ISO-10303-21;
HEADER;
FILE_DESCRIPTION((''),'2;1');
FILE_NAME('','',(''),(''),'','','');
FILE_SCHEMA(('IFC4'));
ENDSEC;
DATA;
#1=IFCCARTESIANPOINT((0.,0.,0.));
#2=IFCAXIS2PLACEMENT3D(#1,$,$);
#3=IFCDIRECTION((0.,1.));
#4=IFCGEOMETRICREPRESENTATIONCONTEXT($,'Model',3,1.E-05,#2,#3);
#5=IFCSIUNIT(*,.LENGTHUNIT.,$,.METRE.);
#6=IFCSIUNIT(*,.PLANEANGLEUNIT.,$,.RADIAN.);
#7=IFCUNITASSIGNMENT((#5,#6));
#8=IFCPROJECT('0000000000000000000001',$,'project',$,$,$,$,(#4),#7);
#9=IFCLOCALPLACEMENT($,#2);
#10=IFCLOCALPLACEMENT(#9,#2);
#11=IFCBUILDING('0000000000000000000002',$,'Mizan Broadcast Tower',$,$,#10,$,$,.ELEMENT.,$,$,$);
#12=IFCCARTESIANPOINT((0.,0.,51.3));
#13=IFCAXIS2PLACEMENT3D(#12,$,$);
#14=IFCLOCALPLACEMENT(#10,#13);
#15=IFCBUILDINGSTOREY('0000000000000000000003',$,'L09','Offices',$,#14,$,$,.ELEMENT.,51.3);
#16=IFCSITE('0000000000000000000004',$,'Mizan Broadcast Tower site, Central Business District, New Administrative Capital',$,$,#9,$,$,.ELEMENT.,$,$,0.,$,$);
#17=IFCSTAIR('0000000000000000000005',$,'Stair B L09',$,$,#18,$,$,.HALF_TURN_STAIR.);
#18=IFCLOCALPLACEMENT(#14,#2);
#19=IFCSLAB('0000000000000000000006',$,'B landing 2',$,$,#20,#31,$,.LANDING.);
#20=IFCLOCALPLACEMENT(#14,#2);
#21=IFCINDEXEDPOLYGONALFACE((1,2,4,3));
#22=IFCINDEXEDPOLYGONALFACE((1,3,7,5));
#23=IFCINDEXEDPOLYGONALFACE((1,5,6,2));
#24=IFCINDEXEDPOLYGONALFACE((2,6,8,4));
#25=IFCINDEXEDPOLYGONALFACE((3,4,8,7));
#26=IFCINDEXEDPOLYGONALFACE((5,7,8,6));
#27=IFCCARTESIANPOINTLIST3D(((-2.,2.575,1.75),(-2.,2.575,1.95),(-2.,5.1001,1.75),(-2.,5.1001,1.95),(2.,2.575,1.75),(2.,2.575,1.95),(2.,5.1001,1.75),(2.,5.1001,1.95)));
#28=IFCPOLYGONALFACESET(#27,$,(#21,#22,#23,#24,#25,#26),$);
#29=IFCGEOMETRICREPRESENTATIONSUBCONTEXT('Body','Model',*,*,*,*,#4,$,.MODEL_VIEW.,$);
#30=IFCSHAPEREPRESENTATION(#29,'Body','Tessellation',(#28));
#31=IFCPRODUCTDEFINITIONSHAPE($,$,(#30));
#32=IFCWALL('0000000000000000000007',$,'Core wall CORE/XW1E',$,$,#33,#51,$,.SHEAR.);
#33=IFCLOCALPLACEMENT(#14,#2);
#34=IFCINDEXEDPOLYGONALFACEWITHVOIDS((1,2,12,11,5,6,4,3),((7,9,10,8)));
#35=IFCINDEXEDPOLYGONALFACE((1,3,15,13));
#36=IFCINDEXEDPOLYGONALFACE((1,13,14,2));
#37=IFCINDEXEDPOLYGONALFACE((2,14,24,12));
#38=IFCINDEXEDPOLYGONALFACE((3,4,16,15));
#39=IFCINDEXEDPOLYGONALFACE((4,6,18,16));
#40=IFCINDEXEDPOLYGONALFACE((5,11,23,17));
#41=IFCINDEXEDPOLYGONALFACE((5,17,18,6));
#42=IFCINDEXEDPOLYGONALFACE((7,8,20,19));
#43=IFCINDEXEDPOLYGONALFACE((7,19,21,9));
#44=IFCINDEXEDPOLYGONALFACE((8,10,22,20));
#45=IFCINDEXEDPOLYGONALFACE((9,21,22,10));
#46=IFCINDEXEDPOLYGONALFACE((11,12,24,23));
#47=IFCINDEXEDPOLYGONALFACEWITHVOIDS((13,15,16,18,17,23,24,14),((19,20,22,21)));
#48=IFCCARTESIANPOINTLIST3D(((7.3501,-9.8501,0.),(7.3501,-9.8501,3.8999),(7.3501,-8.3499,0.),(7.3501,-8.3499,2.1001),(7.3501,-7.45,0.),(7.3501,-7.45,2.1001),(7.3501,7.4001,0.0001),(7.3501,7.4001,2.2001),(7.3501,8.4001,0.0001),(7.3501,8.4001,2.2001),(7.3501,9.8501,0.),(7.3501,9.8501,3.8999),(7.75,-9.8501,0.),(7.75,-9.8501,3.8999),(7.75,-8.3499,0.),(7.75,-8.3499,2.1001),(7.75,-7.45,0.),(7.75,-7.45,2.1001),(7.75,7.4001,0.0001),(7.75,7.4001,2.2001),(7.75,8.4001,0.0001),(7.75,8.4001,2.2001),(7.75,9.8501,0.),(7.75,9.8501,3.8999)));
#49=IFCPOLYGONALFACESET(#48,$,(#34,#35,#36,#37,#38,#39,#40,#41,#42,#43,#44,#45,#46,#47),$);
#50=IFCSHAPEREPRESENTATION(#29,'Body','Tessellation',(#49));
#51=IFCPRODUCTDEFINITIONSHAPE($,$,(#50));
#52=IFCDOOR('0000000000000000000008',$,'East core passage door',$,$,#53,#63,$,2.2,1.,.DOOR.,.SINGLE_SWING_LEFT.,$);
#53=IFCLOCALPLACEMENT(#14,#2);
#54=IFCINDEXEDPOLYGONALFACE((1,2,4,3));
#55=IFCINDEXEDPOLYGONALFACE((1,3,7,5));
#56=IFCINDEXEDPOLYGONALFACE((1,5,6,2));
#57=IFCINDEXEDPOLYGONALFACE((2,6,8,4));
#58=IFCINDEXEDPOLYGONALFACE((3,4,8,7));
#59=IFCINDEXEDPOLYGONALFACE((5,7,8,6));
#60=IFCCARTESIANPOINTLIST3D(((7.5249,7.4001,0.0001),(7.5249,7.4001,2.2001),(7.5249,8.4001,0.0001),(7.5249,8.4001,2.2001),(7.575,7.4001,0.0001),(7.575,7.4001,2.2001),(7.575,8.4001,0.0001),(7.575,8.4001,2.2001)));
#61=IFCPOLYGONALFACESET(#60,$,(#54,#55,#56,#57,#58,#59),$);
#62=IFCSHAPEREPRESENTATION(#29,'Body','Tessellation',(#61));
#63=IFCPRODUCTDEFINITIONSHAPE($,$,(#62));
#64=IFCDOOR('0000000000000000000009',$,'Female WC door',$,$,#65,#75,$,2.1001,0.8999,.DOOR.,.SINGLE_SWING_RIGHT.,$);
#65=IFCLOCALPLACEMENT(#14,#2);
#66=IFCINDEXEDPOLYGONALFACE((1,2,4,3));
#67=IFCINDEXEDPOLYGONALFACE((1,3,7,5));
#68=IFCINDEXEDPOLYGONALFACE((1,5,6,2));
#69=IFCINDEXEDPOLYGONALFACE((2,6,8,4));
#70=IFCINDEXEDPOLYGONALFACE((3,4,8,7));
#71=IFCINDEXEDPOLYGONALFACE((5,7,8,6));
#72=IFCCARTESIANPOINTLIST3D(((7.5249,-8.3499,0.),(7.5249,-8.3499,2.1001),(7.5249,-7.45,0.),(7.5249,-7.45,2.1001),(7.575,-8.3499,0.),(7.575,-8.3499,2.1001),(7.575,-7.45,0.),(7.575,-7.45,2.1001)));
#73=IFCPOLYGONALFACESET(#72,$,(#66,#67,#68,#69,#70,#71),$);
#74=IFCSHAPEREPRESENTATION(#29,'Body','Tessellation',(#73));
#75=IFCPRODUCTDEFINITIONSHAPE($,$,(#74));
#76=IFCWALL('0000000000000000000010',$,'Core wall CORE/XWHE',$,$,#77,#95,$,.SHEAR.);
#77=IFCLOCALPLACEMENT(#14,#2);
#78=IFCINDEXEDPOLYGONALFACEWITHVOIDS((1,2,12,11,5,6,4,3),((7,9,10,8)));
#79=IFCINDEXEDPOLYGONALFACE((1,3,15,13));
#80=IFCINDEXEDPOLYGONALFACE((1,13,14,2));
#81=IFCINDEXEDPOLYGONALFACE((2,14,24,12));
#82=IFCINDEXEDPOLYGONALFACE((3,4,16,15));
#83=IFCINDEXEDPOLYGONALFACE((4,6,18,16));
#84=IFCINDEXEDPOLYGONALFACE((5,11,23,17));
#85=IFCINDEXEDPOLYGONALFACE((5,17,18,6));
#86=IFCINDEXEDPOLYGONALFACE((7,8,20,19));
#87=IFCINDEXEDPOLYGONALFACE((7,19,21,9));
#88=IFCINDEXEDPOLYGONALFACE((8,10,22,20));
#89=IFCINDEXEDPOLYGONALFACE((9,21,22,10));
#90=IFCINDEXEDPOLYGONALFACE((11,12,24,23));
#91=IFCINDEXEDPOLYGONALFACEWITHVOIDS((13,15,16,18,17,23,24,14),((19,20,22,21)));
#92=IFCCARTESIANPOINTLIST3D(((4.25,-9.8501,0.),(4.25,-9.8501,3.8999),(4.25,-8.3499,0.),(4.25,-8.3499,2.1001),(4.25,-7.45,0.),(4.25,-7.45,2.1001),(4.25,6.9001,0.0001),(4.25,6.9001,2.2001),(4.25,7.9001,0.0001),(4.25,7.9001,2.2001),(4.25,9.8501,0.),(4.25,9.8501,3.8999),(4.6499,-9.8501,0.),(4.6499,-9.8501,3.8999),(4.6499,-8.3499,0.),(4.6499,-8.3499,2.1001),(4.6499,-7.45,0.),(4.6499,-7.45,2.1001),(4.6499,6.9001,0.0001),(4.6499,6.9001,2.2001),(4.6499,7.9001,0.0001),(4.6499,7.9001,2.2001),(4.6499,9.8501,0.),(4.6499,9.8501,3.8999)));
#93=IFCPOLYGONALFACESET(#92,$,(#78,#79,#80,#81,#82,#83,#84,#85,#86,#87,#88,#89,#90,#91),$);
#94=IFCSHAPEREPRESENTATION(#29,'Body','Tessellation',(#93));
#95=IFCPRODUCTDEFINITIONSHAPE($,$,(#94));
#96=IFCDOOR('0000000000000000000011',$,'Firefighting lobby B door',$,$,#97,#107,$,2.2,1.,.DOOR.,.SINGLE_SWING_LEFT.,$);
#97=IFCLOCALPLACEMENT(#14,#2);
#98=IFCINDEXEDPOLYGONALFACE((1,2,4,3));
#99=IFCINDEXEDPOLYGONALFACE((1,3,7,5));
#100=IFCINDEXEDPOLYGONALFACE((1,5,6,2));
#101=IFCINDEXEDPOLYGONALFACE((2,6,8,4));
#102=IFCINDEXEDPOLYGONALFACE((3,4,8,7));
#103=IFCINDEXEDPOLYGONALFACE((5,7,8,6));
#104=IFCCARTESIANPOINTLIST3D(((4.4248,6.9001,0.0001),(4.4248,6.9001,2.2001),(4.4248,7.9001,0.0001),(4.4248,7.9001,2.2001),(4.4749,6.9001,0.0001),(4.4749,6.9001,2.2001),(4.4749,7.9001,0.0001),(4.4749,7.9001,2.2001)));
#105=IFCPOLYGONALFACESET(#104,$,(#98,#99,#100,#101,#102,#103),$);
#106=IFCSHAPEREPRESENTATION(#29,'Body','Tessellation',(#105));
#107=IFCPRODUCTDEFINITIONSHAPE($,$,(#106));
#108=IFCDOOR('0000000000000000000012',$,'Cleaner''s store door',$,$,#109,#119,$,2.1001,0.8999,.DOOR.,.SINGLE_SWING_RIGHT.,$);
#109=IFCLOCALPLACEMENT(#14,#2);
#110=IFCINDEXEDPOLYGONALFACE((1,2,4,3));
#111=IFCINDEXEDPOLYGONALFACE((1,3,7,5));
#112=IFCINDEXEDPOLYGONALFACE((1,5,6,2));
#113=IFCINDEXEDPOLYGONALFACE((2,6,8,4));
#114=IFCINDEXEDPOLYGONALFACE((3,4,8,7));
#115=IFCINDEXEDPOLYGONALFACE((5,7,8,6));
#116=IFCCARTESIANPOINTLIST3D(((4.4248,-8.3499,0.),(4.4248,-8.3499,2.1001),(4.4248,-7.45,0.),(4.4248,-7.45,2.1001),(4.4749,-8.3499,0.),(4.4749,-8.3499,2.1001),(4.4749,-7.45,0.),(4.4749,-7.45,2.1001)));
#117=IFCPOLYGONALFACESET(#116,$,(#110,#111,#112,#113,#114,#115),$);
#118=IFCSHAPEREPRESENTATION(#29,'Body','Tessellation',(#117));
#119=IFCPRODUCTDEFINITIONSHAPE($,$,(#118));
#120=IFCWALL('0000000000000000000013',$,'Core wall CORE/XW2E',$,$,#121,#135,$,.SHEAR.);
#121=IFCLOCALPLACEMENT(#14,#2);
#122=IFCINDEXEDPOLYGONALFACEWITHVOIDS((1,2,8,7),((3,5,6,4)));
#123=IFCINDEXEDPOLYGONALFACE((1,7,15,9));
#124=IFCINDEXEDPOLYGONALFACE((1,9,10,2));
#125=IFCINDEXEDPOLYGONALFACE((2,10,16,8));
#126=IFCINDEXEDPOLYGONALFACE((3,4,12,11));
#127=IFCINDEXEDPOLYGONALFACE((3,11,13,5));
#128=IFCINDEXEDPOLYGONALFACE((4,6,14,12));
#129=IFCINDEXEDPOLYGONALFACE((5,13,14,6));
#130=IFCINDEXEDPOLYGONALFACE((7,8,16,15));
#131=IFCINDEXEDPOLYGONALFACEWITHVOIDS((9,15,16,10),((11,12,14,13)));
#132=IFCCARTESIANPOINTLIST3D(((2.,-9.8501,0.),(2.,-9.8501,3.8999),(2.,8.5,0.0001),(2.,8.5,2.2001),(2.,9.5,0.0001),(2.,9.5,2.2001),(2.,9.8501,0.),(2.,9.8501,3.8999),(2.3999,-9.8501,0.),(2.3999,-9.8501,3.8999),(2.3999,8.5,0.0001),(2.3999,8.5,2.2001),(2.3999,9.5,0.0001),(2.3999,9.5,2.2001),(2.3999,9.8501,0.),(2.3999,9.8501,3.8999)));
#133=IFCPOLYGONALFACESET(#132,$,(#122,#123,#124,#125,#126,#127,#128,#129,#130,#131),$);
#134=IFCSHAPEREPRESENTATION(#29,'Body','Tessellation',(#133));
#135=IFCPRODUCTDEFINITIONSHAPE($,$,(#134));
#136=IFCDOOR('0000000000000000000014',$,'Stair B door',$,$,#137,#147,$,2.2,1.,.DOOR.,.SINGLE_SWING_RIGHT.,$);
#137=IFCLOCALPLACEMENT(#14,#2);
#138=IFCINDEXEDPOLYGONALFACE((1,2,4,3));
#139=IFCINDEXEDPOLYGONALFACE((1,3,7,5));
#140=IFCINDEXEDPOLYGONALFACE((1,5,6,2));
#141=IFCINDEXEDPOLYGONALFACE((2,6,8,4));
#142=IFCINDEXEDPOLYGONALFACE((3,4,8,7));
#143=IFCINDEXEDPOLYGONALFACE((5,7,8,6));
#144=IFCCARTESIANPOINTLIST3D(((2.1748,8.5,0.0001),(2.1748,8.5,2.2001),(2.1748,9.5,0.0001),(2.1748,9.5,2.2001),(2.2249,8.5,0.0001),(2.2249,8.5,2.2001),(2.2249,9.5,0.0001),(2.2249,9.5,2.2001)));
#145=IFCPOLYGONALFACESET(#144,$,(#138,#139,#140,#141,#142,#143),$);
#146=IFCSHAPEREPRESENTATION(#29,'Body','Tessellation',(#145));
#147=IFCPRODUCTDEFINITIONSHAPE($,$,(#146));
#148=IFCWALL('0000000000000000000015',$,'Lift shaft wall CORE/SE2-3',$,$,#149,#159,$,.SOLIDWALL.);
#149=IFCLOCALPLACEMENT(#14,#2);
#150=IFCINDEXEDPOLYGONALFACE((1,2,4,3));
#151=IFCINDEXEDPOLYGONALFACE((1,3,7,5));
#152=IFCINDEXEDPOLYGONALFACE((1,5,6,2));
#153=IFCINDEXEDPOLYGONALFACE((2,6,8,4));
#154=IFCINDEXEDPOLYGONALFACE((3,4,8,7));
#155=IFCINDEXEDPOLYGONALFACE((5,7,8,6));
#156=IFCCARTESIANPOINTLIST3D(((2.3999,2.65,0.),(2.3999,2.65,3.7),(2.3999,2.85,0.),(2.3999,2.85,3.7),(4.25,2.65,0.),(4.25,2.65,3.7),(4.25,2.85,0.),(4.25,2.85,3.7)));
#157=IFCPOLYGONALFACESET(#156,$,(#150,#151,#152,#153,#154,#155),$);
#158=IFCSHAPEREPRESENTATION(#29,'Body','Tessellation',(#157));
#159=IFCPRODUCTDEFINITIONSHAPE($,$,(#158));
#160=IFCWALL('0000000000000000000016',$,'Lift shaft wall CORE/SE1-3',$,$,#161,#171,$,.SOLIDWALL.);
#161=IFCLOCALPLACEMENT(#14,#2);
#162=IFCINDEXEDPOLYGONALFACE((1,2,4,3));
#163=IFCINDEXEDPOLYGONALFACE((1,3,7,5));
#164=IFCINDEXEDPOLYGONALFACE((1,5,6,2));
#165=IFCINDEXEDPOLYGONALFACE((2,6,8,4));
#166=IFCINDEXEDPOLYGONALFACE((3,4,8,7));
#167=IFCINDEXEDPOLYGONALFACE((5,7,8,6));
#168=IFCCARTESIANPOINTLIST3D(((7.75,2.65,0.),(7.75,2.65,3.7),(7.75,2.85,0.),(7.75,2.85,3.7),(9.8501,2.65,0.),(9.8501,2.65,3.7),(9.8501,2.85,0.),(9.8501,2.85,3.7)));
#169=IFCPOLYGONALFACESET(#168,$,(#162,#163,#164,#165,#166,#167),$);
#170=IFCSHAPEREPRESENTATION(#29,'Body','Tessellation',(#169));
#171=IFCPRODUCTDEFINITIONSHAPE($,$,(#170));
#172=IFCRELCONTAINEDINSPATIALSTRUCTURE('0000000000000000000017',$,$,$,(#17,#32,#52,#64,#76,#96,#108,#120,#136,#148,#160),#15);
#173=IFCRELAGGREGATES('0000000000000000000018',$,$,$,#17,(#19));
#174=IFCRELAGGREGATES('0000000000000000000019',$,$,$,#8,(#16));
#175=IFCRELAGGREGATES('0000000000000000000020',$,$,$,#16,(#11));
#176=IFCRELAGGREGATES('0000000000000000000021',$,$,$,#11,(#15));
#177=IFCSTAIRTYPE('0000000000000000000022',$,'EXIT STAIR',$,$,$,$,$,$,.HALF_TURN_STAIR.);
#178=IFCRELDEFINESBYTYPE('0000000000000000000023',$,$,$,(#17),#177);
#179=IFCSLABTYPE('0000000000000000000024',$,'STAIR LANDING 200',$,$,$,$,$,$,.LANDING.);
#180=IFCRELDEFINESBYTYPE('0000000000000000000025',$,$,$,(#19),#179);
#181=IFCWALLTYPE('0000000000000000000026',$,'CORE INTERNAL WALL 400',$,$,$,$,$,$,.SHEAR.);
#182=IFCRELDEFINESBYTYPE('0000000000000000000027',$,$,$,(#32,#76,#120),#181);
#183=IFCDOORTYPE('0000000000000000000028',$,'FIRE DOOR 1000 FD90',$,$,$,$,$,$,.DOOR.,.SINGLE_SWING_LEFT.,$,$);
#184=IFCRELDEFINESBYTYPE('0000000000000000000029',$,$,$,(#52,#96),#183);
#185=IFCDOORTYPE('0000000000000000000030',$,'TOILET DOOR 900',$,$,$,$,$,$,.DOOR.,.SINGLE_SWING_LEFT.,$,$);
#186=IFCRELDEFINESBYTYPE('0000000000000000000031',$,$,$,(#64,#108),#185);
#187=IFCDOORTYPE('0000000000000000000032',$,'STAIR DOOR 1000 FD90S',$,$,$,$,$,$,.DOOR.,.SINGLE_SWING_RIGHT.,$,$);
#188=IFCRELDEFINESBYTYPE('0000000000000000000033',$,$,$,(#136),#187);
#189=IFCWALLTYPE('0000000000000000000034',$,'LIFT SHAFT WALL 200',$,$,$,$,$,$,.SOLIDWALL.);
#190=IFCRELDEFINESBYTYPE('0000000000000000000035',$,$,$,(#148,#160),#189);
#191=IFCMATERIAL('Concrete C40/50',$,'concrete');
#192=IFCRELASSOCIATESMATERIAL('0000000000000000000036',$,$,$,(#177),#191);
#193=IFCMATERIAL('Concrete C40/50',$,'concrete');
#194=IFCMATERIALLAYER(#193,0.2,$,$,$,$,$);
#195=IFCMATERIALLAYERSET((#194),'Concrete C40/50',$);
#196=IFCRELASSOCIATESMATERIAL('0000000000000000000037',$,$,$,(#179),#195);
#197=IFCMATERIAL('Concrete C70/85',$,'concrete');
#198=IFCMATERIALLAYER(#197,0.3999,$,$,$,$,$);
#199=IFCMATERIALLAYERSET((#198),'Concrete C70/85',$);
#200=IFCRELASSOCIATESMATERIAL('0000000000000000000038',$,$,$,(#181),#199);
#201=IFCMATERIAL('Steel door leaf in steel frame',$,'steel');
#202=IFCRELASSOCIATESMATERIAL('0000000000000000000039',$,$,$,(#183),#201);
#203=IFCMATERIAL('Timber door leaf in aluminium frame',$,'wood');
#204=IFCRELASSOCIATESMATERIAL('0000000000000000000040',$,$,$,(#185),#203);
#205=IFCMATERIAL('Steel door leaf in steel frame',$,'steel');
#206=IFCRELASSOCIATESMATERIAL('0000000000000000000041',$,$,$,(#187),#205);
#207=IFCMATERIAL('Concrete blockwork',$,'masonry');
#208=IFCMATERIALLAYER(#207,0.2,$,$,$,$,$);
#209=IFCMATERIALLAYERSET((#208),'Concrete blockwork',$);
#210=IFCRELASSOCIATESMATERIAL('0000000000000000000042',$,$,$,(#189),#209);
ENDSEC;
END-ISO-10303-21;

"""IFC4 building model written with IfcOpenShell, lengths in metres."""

from ifc_helpers import new_model, si_unit, direction, frame, frame_2d, origin, place, context, subcontext, project, spatial, polyline, rectangle, outline, extrude, material, layer, layer_set, type_object, element, fill, aggregate, save


model = new_model("IFC4")

# Units and contexts
model_context = context("Model", 3, precision=1e-05, world=origin(), true_north=direction((0.0, 1.0)))
body_context = subcontext(model_context, "Body", "Model", "MODEL_VIEW")
ifc_project = project(units=[si_unit("LENGTHUNIT", "METRE"), si_unit("PLANEANGLEUNIT", "RADIAN")], contexts=[model_context])

# Site, building, storey
site_placement = place(None, origin())
site = spatial("IfcSite", under=ifc_project, at=site_placement, Name="Mizan Broadcast Tower site, Central Business District, New Administrative Capital", CompositionType="ELEMENT", RefElevation=0.0)
building_placement = place(site_placement, origin())
building = spatial("IfcBuilding", under=site, at=building_placement, Name="Mizan Broadcast Tower", CompositionType="ELEMENT")
storey_placement = place(building_placement, frame((0.0, 0.0, 51.3)))
storey = spatial("IfcBuildingStorey", under=building, at=storey_placement, Name="L09", Description="Offices", CompositionType="ELEMENT", Elevation=51.3)

# Stair, slab
ifc_material_1 = material(Name="Concrete C40/50", Category="concrete")
stair_type = type_object("IfcStairType", Name="EXIT STAIR", PredefinedType="HALF_TURN_STAIR", material=ifc_material_1)
ifc_material_2 = material(Name="Concrete C40/50", Category="concrete")
ifc_layer_1 = layer(ifc_material_2, 0.2)
ifc_layer_set_1 = layer_set([ifc_layer_1], Name="Concrete C40/50")
slab_type = type_object("IfcSlabType", Name="STAIR LANDING 200", PredefinedType="LANDING", material=ifc_layer_set_1)
stair_1_placement = place(storey_placement, origin())
stair_1 = element("IfcStair", 1, at=stair_1_placement, inside=storey, type_object=stair_type, Name="Stair B L09", PredefinedType="HALF_TURN_STAIR")
slab_1_placement = place(storey_placement, frame((0.0, 0.0, 1.75)))
slab_1 = element("IfcSlab", 2, at=slab_1_placement, type_object=slab_type, Name="B landing 2", PredefinedType="LANDING", context=body_context, shape_type="SweptSolid", body=[
    extrude(outline(polyline([(2.0, 5.1001), (2.0, 2.575), (-2.0, 2.575), (-2.0, 5.1001), (2.0, 5.1001)])), origin(), (0.0, 0.0, 1.0), 0.2),
])

# Walls, openings, doors
ifc_material_3 = material(Name="Concrete C70/85", Category="concrete")
ifc_layer_2 = layer(ifc_material_3, 0.3999)
ifc_layer_set_2 = layer_set([ifc_layer_2], Name="Concrete C70/85")
wall_type_1 = type_object("IfcWallType", Name="CORE INTERNAL WALL 400", PredefinedType="SHEAR", material=ifc_layer_set_2)
wall_1_placement = place(storey_placement, frame((7.55, 9.8501, 0.0), z_axis=(0.0, 0.0, 1.0), x_axis=(0.0, -1.0, 0.0)))
wall_1 = element("IfcWall", 3, at=wall_1_placement, inside=storey, type_object=wall_type_1, Name="Core wall CORE/XW1E", PredefinedType="SHEAR", context=body_context, shape_type="SweptSolid", body=[
    extrude(rectangle(XDim=19.7002, YDim=0.3999, at=frame_2d((9.8501, 0.0))), origin(), (0.0, 0.0, 1.0), 3.8999),
])
opening_1_placement = place(wall_1_placement, frame((1.45, 0.0, 0.0)))
opening_1 = element("IfcOpeningElement", 4, at=opening_1_placement, cuts=wall_1, PredefinedType="OPENING", context=body_context, shape_type="SweptSolid", body=[
    extrude(rectangle(XDim=1.0, YDim=2.2, at=frame_2d((0.5, 1.1001))), frame((0.0, 0.21, 0.0), z_axis=(0.0, -1.0, 0.0), x_axis=(1.0, 0.0, 0.0)), (0.0, 0.0, 1.0), 0.4199),
])
opening_2_placement = place(wall_1_placement, frame((17.3, 0.0, 0.0)))
opening_2 = element("IfcOpeningElement", 5, at=opening_2_placement, cuts=wall_1, PredefinedType="OPENING", context=body_context, shape_type="SweptSolid", body=[
    extrude(rectangle(XDim=0.8999, YDim=2.1001, at=frame_2d((0.45, 1.05))), frame((0.0, 0.21, 0.0), z_axis=(0.0, -1.0, 0.0), x_axis=(1.0, 0.0, 0.0)), (0.0, 0.0, 1.0), 0.4199),
])
ifc_material_4 = material(Name="Steel door leaf in steel frame", Category="steel")
door_type_1 = type_object("IfcDoorType", Name="FIRE DOOR 1000 FD90", OperationType="SINGLE_SWING_LEFT", PredefinedType="DOOR", material=ifc_material_4)
door_1_placement = place(opening_1_placement, origin())
door_1 = element("IfcDoor", 6, at=door_1_placement, inside=storey, type_object=door_type_1, Name="East core passage door", OperationType="SINGLE_SWING_LEFT", OverallHeight=2.2, OverallWidth=1.0, PredefinedType="DOOR", context=body_context, shape_type="SweptSolid", body=[
    extrude(rectangle(XDim=1.0, YDim=2.2, at=frame_2d((0.5, 1.1001))), frame((0.0, 0.0249, 0.0), z_axis=(0.0, -1.0, 0.0), x_axis=(1.0, 0.0, 0.0)), (0.0, 0.0, 1.0), 0.05),
])
fill(opening_1, door_1)
ifc_material_5 = material(Name="Timber door leaf in aluminium frame", Category="wood")
door_type_2 = type_object("IfcDoorType", Name="TOILET DOOR 900", OperationType="SINGLE_SWING_LEFT", PredefinedType="DOOR", material=ifc_material_5)
door_2_placement = place(opening_2_placement, origin())
door_2 = element("IfcDoor", 7, at=door_2_placement, inside=storey, type_object=door_type_2, Name="Female WC door", OperationType="SINGLE_SWING_RIGHT", OverallHeight=2.1001, OverallWidth=0.8999, PredefinedType="DOOR", context=body_context, shape_type="SweptSolid", body=[
    extrude(rectangle(XDim=0.8999, YDim=2.1001, at=frame_2d((0.45, 1.05))), frame((0.0, 0.0249, 0.0), z_axis=(0.0, -1.0, 0.0), x_axis=(1.0, 0.0, 0.0)), (0.0, 0.0, 1.0), 0.05),
])
fill(opening_2, door_2)
wall_2_placement = place(storey_placement, frame((4.45, 9.8501, 0.0), z_axis=(0.0, 0.0, 1.0), x_axis=(0.0, -1.0, 0.0)))
wall_2 = element("IfcWall", 8, at=wall_2_placement, inside=storey, type_object=wall_type_1, Name="Core wall CORE/XWHE", PredefinedType="SHEAR", context=body_context, shape_type="SweptSolid", body=[
    extrude(rectangle(XDim=19.7002, YDim=0.3999, at=frame_2d((9.8501, 0.0))), origin(), (0.0, 0.0, 1.0), 3.8999),
])
opening_3_placement = place(wall_2_placement, frame((1.95, 0.0, 0.0)))
opening_3 = element("IfcOpeningElement", 9, at=opening_3_placement, cuts=wall_2, PredefinedType="OPENING", context=body_context, shape_type="SweptSolid", body=[
    extrude(rectangle(XDim=1.0, YDim=2.2, at=frame_2d((0.5, 1.1001))), frame((0.0, 0.21, 0.0), z_axis=(0.0, -1.0, 0.0), x_axis=(1.0, 0.0, 0.0)), (0.0, 0.0, 1.0), 0.4199),
])
opening_4_placement = place(wall_2_placement, frame((17.3, 0.0, 0.0)))
opening_4 = element("IfcOpeningElement", 10, at=opening_4_placement, cuts=wall_2, PredefinedType="OPENING", context=body_context, shape_type="SweptSolid", body=[
    extrude(rectangle(XDim=0.8999, YDim=2.1001, at=frame_2d((0.45, 1.05))), frame((0.0, 0.21, 0.0), z_axis=(0.0, -1.0, 0.0), x_axis=(1.0, 0.0, 0.0)), (0.0, 0.0, 1.0), 0.4199),
])
door_3_placement = place(opening_3_placement, origin())
door_3 = element("IfcDoor", 11, at=door_3_placement, inside=storey, type_object=door_type_1, Name="Firefighting lobby B door", OperationType="SINGLE_SWING_LEFT", OverallHeight=2.2, OverallWidth=1.0, PredefinedType="DOOR", context=body_context, shape_type="SweptSolid", body=[
    extrude(rectangle(XDim=1.0, YDim=2.2, at=frame_2d((0.5, 1.1001))), frame((0.0, 0.0249, 0.0), z_axis=(0.0, -1.0, 0.0), x_axis=(1.0, 0.0, 0.0)), (0.0, 0.0, 1.0), 0.05),
])
fill(opening_3, door_3)
door_4_placement = place(opening_4_placement, origin())
door_4 = element("IfcDoor", 12, at=door_4_placement, inside=storey, type_object=door_type_2, Name="Cleaner's store door", OperationType="SINGLE_SWING_RIGHT", OverallHeight=2.1001, OverallWidth=0.8999, PredefinedType="DOOR", context=body_context, shape_type="SweptSolid", body=[
    extrude(rectangle(XDim=0.8999, YDim=2.1001, at=frame_2d((0.45, 1.05))), frame((0.0, 0.0249, 0.0), z_axis=(0.0, -1.0, 0.0), x_axis=(1.0, 0.0, 0.0)), (0.0, 0.0, 1.0), 0.05),
])
fill(opening_4, door_4)

# Wall, opening, door
wall_3_placement = place(storey_placement, frame((2.2, 9.8501, 0.0), z_axis=(0.0, 0.0, 1.0), x_axis=(0.0, -1.0, 0.0)))
wall_3 = element("IfcWall", 13, at=wall_3_placement, inside=storey, type_object=wall_type_1, Name="Core wall CORE/XW2E", PredefinedType="SHEAR", context=body_context, shape_type="SweptSolid", body=[
    extrude(rectangle(XDim=19.7002, YDim=0.3999, at=frame_2d((9.8501, 0.0))), origin(), (0.0, 0.0, 1.0), 3.8999),
])
opening_5_placement = place(wall_3_placement, frame((0.3501, 0.0, 0.0)))
opening_5 = element("IfcOpeningElement", 14, at=opening_5_placement, cuts=wall_3, PredefinedType="OPENING", context=body_context, shape_type="SweptSolid", body=[
    extrude(rectangle(XDim=1.0, YDim=2.2, at=frame_2d((0.5, 1.1001))), frame((0.0, 0.21, 0.0), z_axis=(0.0, -1.0, 0.0), x_axis=(1.0, 0.0, 0.0)), (0.0, 0.0, 1.0), 0.4199),
])
ifc_material_6 = material(Name="Steel door leaf in steel frame", Category="steel")
door_type_3 = type_object("IfcDoorType", Name="STAIR DOOR 1000 FD90S", OperationType="SINGLE_SWING_RIGHT", PredefinedType="DOOR", material=ifc_material_6)
door_5_placement = place(opening_5_placement, origin())
door_5 = element("IfcDoor", 15, at=door_5_placement, inside=storey, type_object=door_type_3, Name="Stair B door", OperationType="SINGLE_SWING_RIGHT", OverallHeight=2.2, OverallWidth=1.0, PredefinedType="DOOR", context=body_context, shape_type="SweptSolid", body=[
    extrude(rectangle(XDim=1.0, YDim=2.2, at=frame_2d((0.5, 1.1001))), frame((0.0, 0.0249, 0.0), z_axis=(0.0, -1.0, 0.0), x_axis=(1.0, 0.0, 0.0)), (0.0, 0.0, 1.0), 0.05),
])
fill(opening_5, door_5)

# Walls
ifc_material_7 = material(Name="Concrete blockwork", Category="masonry")
ifc_layer_3 = layer(ifc_material_7, 0.2)
ifc_layer_set_3 = layer_set([ifc_layer_3], Name="Concrete blockwork")
wall_type_2 = type_object("IfcWallType", Name="LIFT SHAFT WALL 200", PredefinedType="SOLIDWALL", material=ifc_layer_set_3)
wall_4_placement = place(storey_placement, frame((2.3999, 2.75, 0.0), z_axis=(0.0, 0.0, 1.0), x_axis=(1.0, 0.0, 0.0)))
element("IfcWall", 16, at=wall_4_placement, inside=storey, type_object=wall_type_2, Name="Lift shaft wall CORE/SE2-3", PredefinedType="SOLIDWALL", context=body_context, shape_type="SweptSolid", body=[
    extrude(rectangle(XDim=1.8501, YDim=0.2, at=frame_2d((0.925, 0.0))), origin(), (0.0, 0.0, 1.0), 3.7),
])
wall_5_placement = place(storey_placement, frame((7.75, 2.75, 0.0), z_axis=(0.0, 0.0, 1.0), x_axis=(1.0, 0.0, 0.0)))
element("IfcWall", 17, at=wall_5_placement, inside=storey, type_object=wall_type_2, Name="Lift shaft wall CORE/SE1-3", PredefinedType="SOLIDWALL", context=body_context, shape_type="SweptSolid", body=[
    extrude(rectangle(XDim=2.1001, YDim=0.2, at=frame_2d((1.05, 0.0))), origin(), (0.0, 0.0, 1.0), 3.7),
])

aggregate(stair_1, [slab_1])

save(model, "model.ifc")
